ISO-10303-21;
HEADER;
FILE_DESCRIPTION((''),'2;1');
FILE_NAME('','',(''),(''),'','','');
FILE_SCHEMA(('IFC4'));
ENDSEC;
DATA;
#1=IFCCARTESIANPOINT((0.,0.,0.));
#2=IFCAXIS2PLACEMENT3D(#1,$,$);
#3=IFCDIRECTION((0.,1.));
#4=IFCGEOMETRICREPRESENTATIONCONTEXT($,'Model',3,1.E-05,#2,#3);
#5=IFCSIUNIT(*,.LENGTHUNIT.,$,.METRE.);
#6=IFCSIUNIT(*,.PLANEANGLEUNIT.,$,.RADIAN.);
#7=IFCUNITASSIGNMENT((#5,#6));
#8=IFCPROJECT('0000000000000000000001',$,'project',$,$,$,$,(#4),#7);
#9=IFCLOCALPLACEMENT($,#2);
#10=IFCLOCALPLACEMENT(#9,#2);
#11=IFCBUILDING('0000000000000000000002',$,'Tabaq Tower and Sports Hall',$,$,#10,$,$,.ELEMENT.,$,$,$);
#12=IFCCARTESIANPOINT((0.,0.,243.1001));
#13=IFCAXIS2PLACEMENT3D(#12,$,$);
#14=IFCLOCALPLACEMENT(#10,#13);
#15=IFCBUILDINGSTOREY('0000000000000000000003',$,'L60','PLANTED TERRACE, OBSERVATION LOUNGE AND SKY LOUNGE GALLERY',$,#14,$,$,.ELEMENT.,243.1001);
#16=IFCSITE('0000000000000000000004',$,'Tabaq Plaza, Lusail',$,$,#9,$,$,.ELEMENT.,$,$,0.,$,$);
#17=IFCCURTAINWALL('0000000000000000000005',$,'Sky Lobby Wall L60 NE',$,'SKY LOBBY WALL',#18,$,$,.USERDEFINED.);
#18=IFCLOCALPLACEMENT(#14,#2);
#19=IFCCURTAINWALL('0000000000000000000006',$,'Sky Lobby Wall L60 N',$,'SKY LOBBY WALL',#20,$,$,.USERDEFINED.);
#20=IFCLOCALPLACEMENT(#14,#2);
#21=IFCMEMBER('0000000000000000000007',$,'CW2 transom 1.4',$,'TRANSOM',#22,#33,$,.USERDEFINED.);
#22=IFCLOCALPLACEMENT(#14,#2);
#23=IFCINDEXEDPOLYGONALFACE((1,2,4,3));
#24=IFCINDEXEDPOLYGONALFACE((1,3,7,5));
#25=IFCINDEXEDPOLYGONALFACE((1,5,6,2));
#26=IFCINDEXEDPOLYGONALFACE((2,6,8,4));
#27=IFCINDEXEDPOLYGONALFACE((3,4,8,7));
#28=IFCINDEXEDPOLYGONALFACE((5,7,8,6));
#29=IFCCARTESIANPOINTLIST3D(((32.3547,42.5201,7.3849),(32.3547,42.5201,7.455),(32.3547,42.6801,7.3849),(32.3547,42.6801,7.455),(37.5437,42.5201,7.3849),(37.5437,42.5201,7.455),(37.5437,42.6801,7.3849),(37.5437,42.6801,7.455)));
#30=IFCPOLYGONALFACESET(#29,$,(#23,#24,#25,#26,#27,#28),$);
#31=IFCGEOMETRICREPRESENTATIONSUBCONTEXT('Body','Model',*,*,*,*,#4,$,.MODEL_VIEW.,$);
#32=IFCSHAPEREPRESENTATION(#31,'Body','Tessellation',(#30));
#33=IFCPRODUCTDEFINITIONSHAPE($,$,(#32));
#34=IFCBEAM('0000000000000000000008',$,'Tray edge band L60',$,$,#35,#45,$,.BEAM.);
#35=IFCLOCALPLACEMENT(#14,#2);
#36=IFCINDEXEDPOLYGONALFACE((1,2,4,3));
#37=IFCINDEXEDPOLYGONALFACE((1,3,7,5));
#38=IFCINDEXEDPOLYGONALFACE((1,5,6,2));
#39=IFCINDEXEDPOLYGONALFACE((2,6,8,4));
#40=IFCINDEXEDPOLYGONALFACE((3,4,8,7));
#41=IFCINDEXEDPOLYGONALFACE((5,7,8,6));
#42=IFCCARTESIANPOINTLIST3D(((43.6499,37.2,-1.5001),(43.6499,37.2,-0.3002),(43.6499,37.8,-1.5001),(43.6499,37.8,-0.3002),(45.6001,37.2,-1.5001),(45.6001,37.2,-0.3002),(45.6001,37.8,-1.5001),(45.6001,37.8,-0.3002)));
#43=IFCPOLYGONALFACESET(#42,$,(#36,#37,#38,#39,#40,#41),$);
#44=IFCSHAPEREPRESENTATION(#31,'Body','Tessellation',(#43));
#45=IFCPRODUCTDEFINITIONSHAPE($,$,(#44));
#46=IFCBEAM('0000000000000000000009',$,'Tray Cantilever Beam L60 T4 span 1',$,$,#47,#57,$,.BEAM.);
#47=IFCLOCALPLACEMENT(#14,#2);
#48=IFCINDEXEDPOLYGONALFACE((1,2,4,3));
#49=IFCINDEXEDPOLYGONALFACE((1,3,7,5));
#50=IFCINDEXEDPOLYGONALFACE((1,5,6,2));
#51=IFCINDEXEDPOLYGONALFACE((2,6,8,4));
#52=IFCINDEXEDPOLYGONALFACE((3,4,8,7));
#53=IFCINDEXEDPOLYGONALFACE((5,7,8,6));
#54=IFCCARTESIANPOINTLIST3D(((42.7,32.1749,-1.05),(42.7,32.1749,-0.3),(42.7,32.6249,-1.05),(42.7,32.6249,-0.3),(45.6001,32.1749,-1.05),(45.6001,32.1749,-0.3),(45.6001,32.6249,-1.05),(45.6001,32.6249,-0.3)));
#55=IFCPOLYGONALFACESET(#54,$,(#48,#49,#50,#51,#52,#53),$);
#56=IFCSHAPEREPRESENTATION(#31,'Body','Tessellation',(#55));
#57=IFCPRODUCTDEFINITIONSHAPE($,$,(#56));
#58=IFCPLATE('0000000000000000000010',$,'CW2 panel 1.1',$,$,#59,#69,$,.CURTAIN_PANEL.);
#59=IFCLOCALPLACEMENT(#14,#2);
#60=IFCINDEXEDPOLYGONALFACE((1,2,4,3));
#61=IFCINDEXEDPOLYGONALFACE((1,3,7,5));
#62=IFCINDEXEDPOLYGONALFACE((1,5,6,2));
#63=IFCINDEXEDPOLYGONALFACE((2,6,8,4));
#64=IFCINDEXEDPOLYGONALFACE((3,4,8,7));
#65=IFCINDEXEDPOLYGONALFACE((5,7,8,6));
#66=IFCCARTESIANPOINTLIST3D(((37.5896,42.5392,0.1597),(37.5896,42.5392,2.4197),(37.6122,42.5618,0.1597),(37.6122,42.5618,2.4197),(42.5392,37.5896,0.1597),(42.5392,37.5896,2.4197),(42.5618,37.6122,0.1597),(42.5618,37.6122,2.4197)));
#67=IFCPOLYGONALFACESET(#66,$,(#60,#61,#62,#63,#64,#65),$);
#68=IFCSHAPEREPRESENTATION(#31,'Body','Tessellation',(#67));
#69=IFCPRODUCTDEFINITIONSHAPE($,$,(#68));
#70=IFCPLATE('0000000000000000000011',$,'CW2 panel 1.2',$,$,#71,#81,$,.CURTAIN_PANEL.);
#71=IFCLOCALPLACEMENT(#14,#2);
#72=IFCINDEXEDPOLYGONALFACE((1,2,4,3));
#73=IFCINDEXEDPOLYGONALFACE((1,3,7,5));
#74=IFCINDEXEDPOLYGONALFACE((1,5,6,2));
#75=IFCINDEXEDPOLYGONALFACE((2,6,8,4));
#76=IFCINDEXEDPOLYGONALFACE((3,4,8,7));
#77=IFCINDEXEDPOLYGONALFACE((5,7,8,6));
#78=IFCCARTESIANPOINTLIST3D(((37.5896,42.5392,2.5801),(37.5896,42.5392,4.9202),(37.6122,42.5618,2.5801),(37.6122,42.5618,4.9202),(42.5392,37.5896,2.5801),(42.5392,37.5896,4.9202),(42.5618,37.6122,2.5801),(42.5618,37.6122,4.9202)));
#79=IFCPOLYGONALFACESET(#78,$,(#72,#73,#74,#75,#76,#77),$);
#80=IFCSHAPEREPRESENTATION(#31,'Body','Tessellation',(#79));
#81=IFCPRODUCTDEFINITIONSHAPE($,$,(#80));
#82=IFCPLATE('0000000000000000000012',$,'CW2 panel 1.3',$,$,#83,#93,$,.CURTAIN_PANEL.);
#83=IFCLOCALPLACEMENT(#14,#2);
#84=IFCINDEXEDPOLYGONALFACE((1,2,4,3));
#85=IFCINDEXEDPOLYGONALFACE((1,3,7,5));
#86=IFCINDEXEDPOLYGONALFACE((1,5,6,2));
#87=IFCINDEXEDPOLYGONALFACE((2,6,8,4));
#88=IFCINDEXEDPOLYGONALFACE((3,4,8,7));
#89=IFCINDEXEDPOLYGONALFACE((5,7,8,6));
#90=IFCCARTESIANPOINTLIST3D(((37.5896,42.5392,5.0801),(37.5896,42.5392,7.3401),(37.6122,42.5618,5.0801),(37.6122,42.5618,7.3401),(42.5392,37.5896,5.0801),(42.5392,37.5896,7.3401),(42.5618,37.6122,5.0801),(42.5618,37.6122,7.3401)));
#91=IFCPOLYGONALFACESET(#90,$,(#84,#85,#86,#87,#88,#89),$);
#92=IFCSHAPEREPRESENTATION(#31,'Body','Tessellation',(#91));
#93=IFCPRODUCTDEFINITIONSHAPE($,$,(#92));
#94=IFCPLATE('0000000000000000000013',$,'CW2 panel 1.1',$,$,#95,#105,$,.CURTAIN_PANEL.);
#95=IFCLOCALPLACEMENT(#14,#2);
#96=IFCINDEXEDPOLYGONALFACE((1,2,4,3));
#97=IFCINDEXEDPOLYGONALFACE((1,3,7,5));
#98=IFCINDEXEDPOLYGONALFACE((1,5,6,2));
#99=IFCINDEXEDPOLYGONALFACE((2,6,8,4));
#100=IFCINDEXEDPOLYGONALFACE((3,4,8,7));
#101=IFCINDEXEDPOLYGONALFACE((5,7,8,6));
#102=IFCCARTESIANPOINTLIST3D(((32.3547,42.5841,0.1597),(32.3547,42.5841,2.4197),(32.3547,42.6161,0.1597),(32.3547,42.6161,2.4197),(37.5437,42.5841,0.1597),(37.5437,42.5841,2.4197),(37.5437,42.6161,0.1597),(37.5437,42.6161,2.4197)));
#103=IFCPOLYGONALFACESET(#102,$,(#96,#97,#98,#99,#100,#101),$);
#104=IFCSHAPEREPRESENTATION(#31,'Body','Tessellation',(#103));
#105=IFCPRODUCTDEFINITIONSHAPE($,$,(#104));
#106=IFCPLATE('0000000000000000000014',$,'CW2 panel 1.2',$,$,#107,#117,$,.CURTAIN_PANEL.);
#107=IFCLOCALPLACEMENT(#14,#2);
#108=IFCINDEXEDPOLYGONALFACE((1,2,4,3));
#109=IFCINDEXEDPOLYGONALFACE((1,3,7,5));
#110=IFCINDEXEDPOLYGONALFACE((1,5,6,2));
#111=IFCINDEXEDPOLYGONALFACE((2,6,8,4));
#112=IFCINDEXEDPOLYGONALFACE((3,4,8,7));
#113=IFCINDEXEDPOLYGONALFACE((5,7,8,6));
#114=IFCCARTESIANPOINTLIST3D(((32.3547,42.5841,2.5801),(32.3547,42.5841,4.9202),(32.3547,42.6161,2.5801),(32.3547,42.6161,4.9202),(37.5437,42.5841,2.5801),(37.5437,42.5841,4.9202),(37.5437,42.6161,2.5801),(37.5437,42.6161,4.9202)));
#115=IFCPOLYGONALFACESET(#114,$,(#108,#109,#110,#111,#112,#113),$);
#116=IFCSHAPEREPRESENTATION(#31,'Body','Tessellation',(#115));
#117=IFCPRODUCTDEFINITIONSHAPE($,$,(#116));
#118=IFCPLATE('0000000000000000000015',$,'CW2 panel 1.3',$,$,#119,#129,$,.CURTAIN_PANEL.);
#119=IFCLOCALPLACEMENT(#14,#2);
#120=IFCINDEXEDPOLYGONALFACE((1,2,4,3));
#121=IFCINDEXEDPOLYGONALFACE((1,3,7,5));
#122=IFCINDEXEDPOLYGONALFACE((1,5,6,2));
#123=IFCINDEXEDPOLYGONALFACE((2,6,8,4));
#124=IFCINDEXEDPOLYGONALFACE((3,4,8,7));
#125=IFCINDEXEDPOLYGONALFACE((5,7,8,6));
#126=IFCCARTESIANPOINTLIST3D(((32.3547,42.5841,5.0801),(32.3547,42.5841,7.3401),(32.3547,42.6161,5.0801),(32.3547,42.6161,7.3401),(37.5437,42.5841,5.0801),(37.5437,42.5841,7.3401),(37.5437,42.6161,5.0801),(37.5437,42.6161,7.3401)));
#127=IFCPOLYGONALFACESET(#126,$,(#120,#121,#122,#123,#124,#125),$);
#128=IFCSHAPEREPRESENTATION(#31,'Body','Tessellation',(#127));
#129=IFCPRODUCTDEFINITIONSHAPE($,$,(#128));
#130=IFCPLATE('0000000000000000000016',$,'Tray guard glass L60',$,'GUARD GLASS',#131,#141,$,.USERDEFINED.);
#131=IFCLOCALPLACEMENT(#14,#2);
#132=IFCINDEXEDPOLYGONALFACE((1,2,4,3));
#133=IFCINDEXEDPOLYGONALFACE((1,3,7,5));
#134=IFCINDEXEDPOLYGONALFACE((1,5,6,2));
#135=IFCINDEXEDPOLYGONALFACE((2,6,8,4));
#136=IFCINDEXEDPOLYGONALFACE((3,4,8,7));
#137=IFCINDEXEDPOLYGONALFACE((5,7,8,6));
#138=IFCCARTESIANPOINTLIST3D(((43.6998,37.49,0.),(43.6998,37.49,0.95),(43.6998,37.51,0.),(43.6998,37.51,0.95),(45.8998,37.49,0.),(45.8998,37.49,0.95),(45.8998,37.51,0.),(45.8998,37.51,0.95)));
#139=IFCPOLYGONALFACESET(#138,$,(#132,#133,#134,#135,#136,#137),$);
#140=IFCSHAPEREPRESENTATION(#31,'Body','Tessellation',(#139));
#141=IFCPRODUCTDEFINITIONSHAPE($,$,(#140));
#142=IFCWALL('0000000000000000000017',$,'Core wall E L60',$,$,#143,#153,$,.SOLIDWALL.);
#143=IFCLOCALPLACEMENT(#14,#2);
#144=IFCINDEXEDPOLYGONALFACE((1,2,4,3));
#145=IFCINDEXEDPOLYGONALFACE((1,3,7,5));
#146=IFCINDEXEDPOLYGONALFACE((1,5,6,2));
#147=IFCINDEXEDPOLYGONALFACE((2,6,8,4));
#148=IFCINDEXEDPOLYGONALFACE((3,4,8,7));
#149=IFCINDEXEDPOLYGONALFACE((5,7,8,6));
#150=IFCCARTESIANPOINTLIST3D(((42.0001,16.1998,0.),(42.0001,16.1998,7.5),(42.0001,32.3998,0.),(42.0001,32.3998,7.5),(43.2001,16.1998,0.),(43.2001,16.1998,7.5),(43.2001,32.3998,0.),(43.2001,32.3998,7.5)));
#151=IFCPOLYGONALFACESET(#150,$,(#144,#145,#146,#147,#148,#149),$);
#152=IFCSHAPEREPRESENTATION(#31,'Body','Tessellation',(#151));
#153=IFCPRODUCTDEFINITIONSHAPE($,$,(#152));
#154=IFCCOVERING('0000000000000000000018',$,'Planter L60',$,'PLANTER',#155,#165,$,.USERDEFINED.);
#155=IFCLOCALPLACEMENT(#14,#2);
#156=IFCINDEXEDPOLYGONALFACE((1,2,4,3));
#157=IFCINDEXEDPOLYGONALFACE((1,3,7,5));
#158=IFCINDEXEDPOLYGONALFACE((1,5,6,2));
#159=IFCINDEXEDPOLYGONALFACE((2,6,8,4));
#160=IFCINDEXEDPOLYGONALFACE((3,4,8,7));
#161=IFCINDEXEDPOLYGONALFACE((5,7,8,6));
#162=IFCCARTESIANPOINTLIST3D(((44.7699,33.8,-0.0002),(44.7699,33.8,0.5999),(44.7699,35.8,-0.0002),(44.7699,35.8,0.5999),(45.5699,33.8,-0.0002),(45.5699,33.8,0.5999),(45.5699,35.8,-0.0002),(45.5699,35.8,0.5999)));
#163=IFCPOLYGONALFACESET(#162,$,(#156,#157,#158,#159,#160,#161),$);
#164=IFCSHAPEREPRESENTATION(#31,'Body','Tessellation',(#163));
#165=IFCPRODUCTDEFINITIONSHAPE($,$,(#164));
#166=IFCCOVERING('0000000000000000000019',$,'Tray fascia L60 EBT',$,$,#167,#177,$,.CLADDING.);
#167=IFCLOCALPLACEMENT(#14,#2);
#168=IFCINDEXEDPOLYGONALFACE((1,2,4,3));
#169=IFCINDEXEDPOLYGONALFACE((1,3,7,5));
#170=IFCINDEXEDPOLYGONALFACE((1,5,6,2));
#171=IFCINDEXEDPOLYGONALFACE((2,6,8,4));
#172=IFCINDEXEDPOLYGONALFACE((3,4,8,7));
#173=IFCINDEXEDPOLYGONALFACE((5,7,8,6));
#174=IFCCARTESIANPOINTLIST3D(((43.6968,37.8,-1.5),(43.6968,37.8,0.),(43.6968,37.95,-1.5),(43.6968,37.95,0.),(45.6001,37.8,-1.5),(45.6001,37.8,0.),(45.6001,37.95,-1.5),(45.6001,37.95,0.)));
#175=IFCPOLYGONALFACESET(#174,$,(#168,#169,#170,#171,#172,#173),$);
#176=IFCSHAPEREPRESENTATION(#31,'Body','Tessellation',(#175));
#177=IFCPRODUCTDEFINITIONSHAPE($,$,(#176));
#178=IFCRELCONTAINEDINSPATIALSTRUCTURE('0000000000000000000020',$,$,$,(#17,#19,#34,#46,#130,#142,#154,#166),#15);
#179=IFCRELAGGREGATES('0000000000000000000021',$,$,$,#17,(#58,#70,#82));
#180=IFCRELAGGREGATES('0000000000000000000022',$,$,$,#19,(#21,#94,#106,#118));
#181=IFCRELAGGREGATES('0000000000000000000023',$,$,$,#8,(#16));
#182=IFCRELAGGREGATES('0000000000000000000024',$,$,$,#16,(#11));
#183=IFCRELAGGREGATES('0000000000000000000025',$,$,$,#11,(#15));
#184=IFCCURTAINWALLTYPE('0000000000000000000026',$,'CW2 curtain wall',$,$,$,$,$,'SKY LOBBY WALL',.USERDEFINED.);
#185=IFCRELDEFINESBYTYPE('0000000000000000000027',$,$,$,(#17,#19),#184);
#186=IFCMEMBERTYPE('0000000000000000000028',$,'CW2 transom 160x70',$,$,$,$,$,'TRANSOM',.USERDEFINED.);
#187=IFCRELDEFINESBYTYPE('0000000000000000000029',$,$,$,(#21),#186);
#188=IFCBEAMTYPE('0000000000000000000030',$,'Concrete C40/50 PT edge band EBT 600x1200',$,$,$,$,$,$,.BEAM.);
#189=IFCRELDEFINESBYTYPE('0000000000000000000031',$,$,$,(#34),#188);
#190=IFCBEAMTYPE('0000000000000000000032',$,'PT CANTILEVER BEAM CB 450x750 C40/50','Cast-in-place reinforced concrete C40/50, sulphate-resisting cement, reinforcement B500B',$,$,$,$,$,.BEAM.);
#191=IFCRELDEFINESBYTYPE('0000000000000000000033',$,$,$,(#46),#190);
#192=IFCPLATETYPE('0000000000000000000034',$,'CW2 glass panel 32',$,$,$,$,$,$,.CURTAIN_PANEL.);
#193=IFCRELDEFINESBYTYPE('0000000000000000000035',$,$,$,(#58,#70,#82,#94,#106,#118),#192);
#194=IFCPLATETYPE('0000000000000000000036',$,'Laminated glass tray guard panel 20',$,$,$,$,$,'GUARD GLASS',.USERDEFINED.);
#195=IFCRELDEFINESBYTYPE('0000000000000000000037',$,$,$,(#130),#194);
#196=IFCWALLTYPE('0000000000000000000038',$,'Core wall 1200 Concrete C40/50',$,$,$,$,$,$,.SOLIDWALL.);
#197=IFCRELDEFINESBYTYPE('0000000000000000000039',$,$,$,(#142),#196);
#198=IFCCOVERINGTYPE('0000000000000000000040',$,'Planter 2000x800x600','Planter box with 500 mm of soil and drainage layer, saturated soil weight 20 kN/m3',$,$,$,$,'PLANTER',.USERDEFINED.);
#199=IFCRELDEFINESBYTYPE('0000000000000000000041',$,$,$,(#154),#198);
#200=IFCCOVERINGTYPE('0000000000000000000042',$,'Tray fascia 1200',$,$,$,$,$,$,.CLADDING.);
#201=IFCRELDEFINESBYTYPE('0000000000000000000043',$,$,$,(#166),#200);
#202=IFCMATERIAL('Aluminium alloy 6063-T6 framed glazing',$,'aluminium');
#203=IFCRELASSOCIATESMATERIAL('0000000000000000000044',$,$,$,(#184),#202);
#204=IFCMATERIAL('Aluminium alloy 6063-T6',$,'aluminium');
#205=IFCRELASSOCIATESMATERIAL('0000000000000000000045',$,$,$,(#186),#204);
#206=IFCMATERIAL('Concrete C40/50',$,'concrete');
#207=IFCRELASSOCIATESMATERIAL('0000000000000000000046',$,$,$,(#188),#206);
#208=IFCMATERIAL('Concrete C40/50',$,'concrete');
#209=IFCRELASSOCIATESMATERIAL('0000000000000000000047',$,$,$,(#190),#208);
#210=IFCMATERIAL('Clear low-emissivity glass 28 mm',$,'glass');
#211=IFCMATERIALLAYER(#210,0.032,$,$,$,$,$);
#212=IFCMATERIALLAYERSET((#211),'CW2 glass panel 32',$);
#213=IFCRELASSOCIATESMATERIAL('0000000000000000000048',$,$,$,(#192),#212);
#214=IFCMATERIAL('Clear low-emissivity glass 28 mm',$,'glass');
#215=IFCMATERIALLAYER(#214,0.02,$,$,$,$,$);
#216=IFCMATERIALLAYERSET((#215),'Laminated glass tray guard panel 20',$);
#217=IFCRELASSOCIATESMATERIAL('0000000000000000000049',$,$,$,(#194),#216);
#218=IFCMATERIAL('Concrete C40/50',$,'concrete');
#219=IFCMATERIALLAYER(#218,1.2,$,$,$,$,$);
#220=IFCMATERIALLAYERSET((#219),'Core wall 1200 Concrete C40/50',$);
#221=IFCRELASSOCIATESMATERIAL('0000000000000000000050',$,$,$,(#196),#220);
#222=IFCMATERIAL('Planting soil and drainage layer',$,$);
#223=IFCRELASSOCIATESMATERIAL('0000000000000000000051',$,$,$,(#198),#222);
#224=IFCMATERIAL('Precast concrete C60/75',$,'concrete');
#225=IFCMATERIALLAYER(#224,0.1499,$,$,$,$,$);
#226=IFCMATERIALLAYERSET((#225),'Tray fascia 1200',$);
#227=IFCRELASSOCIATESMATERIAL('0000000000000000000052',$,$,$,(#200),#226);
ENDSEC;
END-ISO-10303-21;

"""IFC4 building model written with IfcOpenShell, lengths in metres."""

from ifc_helpers import new_model, si_unit, direction, frame, frame_2d, origin, origin_2d, place, context, subcontext, project, spatial, rectangle, extrude, material, layer, layer_set, material_profile, profile_set, type_object, element, aggregate, save


model = new_model("IFC4")

# Units and contexts
model_context = context("Model", 3, precision=1e-05, world=origin(), true_north=direction((0.0, 1.0)))
body_context = subcontext(model_context, "Body", "Model", "MODEL_VIEW")
ifc_project = project(units=[si_unit("LENGTHUNIT", "METRE"), si_unit("PLANEANGLEUNIT", "RADIAN")], contexts=[model_context])

# Site, building, storey
site_placement = place(None, origin())
site = spatial("IfcSite", under=ifc_project, at=site_placement, Name="Tabaq Plaza, Lusail", CompositionType="ELEMENT", RefElevation=0.0)
building_placement = place(site_placement, origin())
building = spatial("IfcBuilding", under=site, at=building_placement, Name="Tabaq Tower and Sports Hall", CompositionType="ELEMENT")
storey_placement = place(building_placement, frame((0.0, 0.0, 243.1001)))
storey = spatial("IfcBuildingStorey", under=building, at=storey_placement, Name="L60", Description="PLANTED TERRACE, OBSERVATION LOUNGE AND SKY LOUNGE GALLERY", CompositionType="ELEMENT", Elevation=243.1001)

# Curtain wall
ifc_material_1 = material(Name="Aluminium alloy 6063-T6 framed glazing", Category="aluminium")
curtain_wall_type = type_object("IfcCurtainWallType", Name="CW2 curtain wall", ElementType="SKY LOBBY WALL", PredefinedType="USERDEFINED", material=ifc_material_1)
curtain_wall_1_placement = place(storey_placement, origin())
curtain_wall_1 = element("IfcCurtainWall", 1, at=curtain_wall_1_placement, inside=storey, type_object=curtain_wall_type, Name="Sky Lobby Wall L60 NE", ObjectType="SKY LOBBY WALL", PredefinedType="USERDEFINED")

# Curtain wall
curtain_wall_2_placement = place(storey_placement, origin())
curtain_wall_2 = element("IfcCurtainWall", 2, at=curtain_wall_2_placement, inside=storey, type_object=curtain_wall_type, Name="Sky Lobby Wall L60 N", ObjectType="SKY LOBBY WALL", PredefinedType="USERDEFINED")

# Member
ifc_material_2 = material(Name="Aluminium alloy 6063-T6", Category="aluminium")
ifc_material_profile_1 = material_profile(ifc_material_2, rectangle(XDim=0.1599, YDim=0.0701, at=origin_2d()), Name="TRANSOM 160x70")
ifc_profile_set_1 = profile_set([ifc_material_profile_1], Name="Aluminium alloy 6063-T6")
member_type_1 = type_object("IfcMemberType", Name="CW2 transom 160x70", ElementType="TRANSOM", PredefinedType="USERDEFINED", material=ifc_profile_set_1)
member_1_placement = place(storey_placement, frame((37.5437, 42.6001, 7.4199), z_axis=(-1.0, 0.0, 0.0), x_axis=(0.0, -1.0, 0.0)))
member_1 = element("IfcMember", 3, at=member_1_placement, type_object=member_type_1, Name="CW2 transom 1.4", ObjectType="TRANSOM", PredefinedType="USERDEFINED", context=body_context, shape_type="SweptSolid", body=[
    extrude(rectangle(XDim=0.1599, YDim=0.0701, at=origin_2d()), origin(), (0.0, 0.0, 1.0), 5.189),
])

# Beams
ifc_material_3 = material(Name="Concrete C40/50", Category="concrete")
ifc_material_profile_2 = material_profile(ifc_material_3, rectangle(XDim=0.6001, YDim=1.2, at=origin_2d()), Name="EBT 600x1200")
ifc_profile_set_2 = profile_set([ifc_material_profile_2], Name="Concrete C40/50")
beam_type_1 = type_object("IfcBeamType", Name="Concrete C40/50 PT edge band EBT 600x1200", PredefinedType="BEAM", material=ifc_profile_set_2)
beam_1_placement = place(storey_placement, frame((43.6499, 37.5, -0.9001), z_axis=(1.0, 0.0, 0.0), x_axis=(0.0, 1.0, 0.0)))
element("IfcBeam", 4, at=beam_1_placement, inside=storey, type_object=beam_type_1, Name="Tray edge band L60", PredefinedType="BEAM", context=body_context, shape_type="SweptSolid", body=[
    extrude(rectangle(XDim=0.6001, YDim=1.2, at=origin_2d()), origin(), (0.0, 0.0, 1.0), 1.9502),
])
ifc_material_4 = material(Name="Concrete C40/50", Category="concrete")
ifc_material_profile_3 = material_profile(ifc_material_4, rectangle(XDim=0.45, YDim=0.75, at=origin_2d()), Name="CB 450x750")
ifc_profile_set_3 = profile_set([ifc_material_profile_3], Name="Concrete C40/50")
beam_type_2 = type_object("IfcBeamType", Name="PT CANTILEVER BEAM CB 450x750 C40/50", Description="Cast-in-place reinforced concrete C40/50, sulphate-resisting cement, reinforcement B500B", PredefinedType="BEAM", material=ifc_profile_set_3)
beam_2_placement = place(storey_placement, frame((45.6001, 32.3999, -0.675), z_axis=(-1.0, 0.0, 0.0), x_axis=(0.0, -1.0, 0.0)))
element("IfcBeam", 5, at=beam_2_placement, inside=storey, type_object=beam_type_2, Name="Tray Cantilever Beam L60 T4 span 1", PredefinedType="BEAM", context=body_context, shape_type="SweptSolid", body=[
    extrude(rectangle(XDim=0.45, YDim=0.75, at=origin_2d()), origin(), (0.0, 0.0, 1.0), 2.9001),
])

# Plates
ifc_material_5 = material(Name="Clear low-emissivity glass 28 mm", Category="glass")
ifc_layer_1 = layer(ifc_material_5, 0.032)
ifc_layer_set_1 = layer_set([ifc_layer_1], Name="CW2 glass panel 32")
plate_type_1 = type_object("IfcPlateType", Name="CW2 glass panel 32", PredefinedType="CURTAIN_PANEL", material=ifc_layer_set_1)
plate_1_placement = place(storey_placement, frame((40.0757, 40.0757, 0.1597), z_axis=(0.0, 0.0, 1.0), x_axis=(-0.707107, 0.707107, 0.0)))
plate_1 = element("IfcPlate", 6, at=plate_1_placement, type_object=plate_type_1, Name="CW2 panel 1.1", PredefinedType="CURTAIN_PANEL", context=body_context, shape_type="SweptSolid", body=[
    extrude(rectangle(XDim=6.9998, YDim=0.032, at=origin_2d()), origin(), (0.0, 0.0, 1.0), 2.26),
])
plate_2_placement = place(storey_placement, frame((40.0757, 40.0757, 2.5801), z_axis=(0.0, 0.0, 1.0), x_axis=(-0.707107, 0.707107, 0.0)))
plate_2 = element("IfcPlate", 7, at=plate_2_placement, type_object=plate_type_1, Name="CW2 panel 1.2", PredefinedType="CURTAIN_PANEL", context=body_context, shape_type="SweptSolid", body=[
    extrude(rectangle(XDim=6.9998, YDim=0.032, at=origin_2d()), origin(), (0.0, 0.0, 1.0), 2.3401),
])
plate_3_placement = place(storey_placement, frame((40.0757, 40.0757, 5.0801), z_axis=(0.0, 0.0, 1.0), x_axis=(-0.707107, 0.707107, 0.0)))
plate_3 = element("IfcPlate", 8, at=plate_3_placement, type_object=plate_type_1, Name="CW2 panel 1.3", PredefinedType="CURTAIN_PANEL", context=body_context, shape_type="SweptSolid", body=[
    extrude(rectangle(XDim=6.9998, YDim=0.032, at=origin_2d()), origin(), (0.0, 0.0, 1.0), 2.26),
])
aggregate(curtain_wall_1, [plate_1, plate_2, plate_3])
plate_4_placement = place(storey_placement, frame((34.9492, 42.6001, 0.1597), z_axis=(0.0, 0.0, 1.0), x_axis=(-1.0, 0.0, 0.0)))
plate_4 = element("IfcPlate", 9, at=plate_4_placement, type_object=plate_type_1, Name="CW2 panel 1.1", PredefinedType="CURTAIN_PANEL", context=body_context, shape_type="SweptSolid", body=[
    extrude(rectangle(XDim=5.189, YDim=0.032, at=origin_2d()), origin(), (0.0, 0.0, 1.0), 2.26),
])
plate_5_placement = place(storey_placement, frame((34.9492, 42.6001, 2.5801), z_axis=(0.0, 0.0, 1.0), x_axis=(-1.0, 0.0, 0.0)))
plate_5 = element("IfcPlate", 10, at=plate_5_placement, type_object=plate_type_1, Name="CW2 panel 1.2", PredefinedType="CURTAIN_PANEL", context=body_context, shape_type="SweptSolid", body=[
    extrude(rectangle(XDim=5.189, YDim=0.032, at=origin_2d()), origin(), (0.0, 0.0, 1.0), 2.3401),
])
plate_6_placement = place(storey_placement, frame((34.9492, 42.6001, 5.0801), z_axis=(0.0, 0.0, 1.0), x_axis=(-1.0, 0.0, 0.0)))
plate_6 = element("IfcPlate", 11, at=plate_6_placement, type_object=plate_type_1, Name="CW2 panel 1.3", PredefinedType="CURTAIN_PANEL", context=body_context, shape_type="SweptSolid", body=[
    extrude(rectangle(XDim=5.189, YDim=0.032, at=origin_2d()), origin(), (0.0, 0.0, 1.0), 2.26),
])
aggregate(curtain_wall_2, [member_1, plate_4, plate_5, plate_6])
ifc_material_6 = material(Name="Clear low-emissivity glass 28 mm", Category="glass")
ifc_layer_2 = layer(ifc_material_6, 0.02)
ifc_layer_set_2 = layer_set([ifc_layer_2], Name="Laminated glass tray guard panel 20")
plate_type_2 = type_object("IfcPlateType", Name="Laminated glass tray guard panel 20", ElementType="GUARD GLASS", PredefinedType="USERDEFINED", material=ifc_layer_set_2)
plate_7_placement = place(storey_placement, frame((45.8999, 37.5, 0.0), z_axis=(0.0, 0.0, 1.0), x_axis=(-1.0, 0.0, 0.0)))
element("IfcPlate", 12, at=plate_7_placement, inside=storey, type_object=plate_type_2, Name="Tray guard glass L60", ObjectType="GUARD GLASS", PredefinedType="USERDEFINED", context=body_context, shape_type="SweptSolid", body=[
    extrude(rectangle(XDim=2.2, YDim=0.02, at=frame_2d((1.1001, 0.0))), origin(), (0.0, 0.0, 1.0), 0.95),
])

# Wall
ifc_material_7 = material(Name="Concrete C40/50", Category="concrete")
ifc_layer_3 = layer(ifc_material_7, 1.2)
ifc_layer_set_3 = layer_set([ifc_layer_3], Name="Core wall 1200 Concrete C40/50")
wall_type_1 = type_object("IfcWallType", Name="Core wall 1200 Concrete C40/50", PredefinedType="SOLIDWALL", material=ifc_layer_set_3)
wall_1_placement = place(storey_placement, frame((42.6001, 32.3999, 0.0), z_axis=(0.0, 0.0, 1.0), x_axis=(0.0, -1.0, 0.0)))
element("IfcWall", 13, at=wall_1_placement, inside=storey, type_object=wall_type_1, Name="Core wall E L60", PredefinedType="SOLIDWALL", context=body_context, shape_type="SweptSolid", body=[
    extrude(rectangle(XDim=16.2, YDim=1.2, at=frame_2d((8.1001, 0.0))), origin(), (0.0, 0.0, 1.0), 7.5),
])

# Coverings
ifc_material_8 = material(Name="Planting soil and drainage layer")
covering_type_1 = type_object("IfcCoveringType", Name="Planter 2000x800x600", Description="Planter box with 500 mm of soil and drainage layer, saturated soil weight 20 kN/m3", ElementType="PLANTER", PredefinedType="USERDEFINED", material=ifc_material_8)
covering_1_placement = place(storey_placement, frame((45.1699, 34.8, -0.0002), z_axis=(0.0, 0.0, 1.0), x_axis=(0.0, 1.0, 0.0)))
element("IfcCovering", 14, at=covering_1_placement, inside=storey, type_object=covering_type_1, Name="Planter L60", ObjectType="PLANTER", PredefinedType="USERDEFINED", context=body_context, shape_type="SweptSolid", body=[
    extrude(rectangle(XDim=2.0, YDim=0.8, at=origin_2d()), origin(), (0.0, 0.0, 1.0), 0.6001),
])
ifc_material_9 = material(Name="Precast concrete C60/75", Category="concrete")
ifc_layer_4 = layer(ifc_material_9, 0.1499)
ifc_layer_set_4 = layer_set([ifc_layer_4], Name="Tray fascia 1200")
covering_type_2 = type_object("IfcCoveringType", Name="Tray fascia 1200", PredefinedType="CLADDING", material=ifc_layer_set_4)
covering_2_placement = place(storey_placement, frame((43.6968, 37.875, -1.5), z_axis=(0.0, 0.0, 1.0), x_axis=(1.0, 0.0, 0.0)))
element("IfcCovering", 15, at=covering_2_placement, inside=storey, type_object=covering_type_2, Name="Tray fascia L60 EBT", PredefinedType="CLADDING", context=body_context, shape_type="SweptSolid", body=[
    extrude(rectangle(XDim=1.9033, YDim=0.1499, at=frame_2d((0.9517, 0.0))), origin(), (0.0, 0.0, 1.0), 1.5),
])

save(model, "model.ifc")
